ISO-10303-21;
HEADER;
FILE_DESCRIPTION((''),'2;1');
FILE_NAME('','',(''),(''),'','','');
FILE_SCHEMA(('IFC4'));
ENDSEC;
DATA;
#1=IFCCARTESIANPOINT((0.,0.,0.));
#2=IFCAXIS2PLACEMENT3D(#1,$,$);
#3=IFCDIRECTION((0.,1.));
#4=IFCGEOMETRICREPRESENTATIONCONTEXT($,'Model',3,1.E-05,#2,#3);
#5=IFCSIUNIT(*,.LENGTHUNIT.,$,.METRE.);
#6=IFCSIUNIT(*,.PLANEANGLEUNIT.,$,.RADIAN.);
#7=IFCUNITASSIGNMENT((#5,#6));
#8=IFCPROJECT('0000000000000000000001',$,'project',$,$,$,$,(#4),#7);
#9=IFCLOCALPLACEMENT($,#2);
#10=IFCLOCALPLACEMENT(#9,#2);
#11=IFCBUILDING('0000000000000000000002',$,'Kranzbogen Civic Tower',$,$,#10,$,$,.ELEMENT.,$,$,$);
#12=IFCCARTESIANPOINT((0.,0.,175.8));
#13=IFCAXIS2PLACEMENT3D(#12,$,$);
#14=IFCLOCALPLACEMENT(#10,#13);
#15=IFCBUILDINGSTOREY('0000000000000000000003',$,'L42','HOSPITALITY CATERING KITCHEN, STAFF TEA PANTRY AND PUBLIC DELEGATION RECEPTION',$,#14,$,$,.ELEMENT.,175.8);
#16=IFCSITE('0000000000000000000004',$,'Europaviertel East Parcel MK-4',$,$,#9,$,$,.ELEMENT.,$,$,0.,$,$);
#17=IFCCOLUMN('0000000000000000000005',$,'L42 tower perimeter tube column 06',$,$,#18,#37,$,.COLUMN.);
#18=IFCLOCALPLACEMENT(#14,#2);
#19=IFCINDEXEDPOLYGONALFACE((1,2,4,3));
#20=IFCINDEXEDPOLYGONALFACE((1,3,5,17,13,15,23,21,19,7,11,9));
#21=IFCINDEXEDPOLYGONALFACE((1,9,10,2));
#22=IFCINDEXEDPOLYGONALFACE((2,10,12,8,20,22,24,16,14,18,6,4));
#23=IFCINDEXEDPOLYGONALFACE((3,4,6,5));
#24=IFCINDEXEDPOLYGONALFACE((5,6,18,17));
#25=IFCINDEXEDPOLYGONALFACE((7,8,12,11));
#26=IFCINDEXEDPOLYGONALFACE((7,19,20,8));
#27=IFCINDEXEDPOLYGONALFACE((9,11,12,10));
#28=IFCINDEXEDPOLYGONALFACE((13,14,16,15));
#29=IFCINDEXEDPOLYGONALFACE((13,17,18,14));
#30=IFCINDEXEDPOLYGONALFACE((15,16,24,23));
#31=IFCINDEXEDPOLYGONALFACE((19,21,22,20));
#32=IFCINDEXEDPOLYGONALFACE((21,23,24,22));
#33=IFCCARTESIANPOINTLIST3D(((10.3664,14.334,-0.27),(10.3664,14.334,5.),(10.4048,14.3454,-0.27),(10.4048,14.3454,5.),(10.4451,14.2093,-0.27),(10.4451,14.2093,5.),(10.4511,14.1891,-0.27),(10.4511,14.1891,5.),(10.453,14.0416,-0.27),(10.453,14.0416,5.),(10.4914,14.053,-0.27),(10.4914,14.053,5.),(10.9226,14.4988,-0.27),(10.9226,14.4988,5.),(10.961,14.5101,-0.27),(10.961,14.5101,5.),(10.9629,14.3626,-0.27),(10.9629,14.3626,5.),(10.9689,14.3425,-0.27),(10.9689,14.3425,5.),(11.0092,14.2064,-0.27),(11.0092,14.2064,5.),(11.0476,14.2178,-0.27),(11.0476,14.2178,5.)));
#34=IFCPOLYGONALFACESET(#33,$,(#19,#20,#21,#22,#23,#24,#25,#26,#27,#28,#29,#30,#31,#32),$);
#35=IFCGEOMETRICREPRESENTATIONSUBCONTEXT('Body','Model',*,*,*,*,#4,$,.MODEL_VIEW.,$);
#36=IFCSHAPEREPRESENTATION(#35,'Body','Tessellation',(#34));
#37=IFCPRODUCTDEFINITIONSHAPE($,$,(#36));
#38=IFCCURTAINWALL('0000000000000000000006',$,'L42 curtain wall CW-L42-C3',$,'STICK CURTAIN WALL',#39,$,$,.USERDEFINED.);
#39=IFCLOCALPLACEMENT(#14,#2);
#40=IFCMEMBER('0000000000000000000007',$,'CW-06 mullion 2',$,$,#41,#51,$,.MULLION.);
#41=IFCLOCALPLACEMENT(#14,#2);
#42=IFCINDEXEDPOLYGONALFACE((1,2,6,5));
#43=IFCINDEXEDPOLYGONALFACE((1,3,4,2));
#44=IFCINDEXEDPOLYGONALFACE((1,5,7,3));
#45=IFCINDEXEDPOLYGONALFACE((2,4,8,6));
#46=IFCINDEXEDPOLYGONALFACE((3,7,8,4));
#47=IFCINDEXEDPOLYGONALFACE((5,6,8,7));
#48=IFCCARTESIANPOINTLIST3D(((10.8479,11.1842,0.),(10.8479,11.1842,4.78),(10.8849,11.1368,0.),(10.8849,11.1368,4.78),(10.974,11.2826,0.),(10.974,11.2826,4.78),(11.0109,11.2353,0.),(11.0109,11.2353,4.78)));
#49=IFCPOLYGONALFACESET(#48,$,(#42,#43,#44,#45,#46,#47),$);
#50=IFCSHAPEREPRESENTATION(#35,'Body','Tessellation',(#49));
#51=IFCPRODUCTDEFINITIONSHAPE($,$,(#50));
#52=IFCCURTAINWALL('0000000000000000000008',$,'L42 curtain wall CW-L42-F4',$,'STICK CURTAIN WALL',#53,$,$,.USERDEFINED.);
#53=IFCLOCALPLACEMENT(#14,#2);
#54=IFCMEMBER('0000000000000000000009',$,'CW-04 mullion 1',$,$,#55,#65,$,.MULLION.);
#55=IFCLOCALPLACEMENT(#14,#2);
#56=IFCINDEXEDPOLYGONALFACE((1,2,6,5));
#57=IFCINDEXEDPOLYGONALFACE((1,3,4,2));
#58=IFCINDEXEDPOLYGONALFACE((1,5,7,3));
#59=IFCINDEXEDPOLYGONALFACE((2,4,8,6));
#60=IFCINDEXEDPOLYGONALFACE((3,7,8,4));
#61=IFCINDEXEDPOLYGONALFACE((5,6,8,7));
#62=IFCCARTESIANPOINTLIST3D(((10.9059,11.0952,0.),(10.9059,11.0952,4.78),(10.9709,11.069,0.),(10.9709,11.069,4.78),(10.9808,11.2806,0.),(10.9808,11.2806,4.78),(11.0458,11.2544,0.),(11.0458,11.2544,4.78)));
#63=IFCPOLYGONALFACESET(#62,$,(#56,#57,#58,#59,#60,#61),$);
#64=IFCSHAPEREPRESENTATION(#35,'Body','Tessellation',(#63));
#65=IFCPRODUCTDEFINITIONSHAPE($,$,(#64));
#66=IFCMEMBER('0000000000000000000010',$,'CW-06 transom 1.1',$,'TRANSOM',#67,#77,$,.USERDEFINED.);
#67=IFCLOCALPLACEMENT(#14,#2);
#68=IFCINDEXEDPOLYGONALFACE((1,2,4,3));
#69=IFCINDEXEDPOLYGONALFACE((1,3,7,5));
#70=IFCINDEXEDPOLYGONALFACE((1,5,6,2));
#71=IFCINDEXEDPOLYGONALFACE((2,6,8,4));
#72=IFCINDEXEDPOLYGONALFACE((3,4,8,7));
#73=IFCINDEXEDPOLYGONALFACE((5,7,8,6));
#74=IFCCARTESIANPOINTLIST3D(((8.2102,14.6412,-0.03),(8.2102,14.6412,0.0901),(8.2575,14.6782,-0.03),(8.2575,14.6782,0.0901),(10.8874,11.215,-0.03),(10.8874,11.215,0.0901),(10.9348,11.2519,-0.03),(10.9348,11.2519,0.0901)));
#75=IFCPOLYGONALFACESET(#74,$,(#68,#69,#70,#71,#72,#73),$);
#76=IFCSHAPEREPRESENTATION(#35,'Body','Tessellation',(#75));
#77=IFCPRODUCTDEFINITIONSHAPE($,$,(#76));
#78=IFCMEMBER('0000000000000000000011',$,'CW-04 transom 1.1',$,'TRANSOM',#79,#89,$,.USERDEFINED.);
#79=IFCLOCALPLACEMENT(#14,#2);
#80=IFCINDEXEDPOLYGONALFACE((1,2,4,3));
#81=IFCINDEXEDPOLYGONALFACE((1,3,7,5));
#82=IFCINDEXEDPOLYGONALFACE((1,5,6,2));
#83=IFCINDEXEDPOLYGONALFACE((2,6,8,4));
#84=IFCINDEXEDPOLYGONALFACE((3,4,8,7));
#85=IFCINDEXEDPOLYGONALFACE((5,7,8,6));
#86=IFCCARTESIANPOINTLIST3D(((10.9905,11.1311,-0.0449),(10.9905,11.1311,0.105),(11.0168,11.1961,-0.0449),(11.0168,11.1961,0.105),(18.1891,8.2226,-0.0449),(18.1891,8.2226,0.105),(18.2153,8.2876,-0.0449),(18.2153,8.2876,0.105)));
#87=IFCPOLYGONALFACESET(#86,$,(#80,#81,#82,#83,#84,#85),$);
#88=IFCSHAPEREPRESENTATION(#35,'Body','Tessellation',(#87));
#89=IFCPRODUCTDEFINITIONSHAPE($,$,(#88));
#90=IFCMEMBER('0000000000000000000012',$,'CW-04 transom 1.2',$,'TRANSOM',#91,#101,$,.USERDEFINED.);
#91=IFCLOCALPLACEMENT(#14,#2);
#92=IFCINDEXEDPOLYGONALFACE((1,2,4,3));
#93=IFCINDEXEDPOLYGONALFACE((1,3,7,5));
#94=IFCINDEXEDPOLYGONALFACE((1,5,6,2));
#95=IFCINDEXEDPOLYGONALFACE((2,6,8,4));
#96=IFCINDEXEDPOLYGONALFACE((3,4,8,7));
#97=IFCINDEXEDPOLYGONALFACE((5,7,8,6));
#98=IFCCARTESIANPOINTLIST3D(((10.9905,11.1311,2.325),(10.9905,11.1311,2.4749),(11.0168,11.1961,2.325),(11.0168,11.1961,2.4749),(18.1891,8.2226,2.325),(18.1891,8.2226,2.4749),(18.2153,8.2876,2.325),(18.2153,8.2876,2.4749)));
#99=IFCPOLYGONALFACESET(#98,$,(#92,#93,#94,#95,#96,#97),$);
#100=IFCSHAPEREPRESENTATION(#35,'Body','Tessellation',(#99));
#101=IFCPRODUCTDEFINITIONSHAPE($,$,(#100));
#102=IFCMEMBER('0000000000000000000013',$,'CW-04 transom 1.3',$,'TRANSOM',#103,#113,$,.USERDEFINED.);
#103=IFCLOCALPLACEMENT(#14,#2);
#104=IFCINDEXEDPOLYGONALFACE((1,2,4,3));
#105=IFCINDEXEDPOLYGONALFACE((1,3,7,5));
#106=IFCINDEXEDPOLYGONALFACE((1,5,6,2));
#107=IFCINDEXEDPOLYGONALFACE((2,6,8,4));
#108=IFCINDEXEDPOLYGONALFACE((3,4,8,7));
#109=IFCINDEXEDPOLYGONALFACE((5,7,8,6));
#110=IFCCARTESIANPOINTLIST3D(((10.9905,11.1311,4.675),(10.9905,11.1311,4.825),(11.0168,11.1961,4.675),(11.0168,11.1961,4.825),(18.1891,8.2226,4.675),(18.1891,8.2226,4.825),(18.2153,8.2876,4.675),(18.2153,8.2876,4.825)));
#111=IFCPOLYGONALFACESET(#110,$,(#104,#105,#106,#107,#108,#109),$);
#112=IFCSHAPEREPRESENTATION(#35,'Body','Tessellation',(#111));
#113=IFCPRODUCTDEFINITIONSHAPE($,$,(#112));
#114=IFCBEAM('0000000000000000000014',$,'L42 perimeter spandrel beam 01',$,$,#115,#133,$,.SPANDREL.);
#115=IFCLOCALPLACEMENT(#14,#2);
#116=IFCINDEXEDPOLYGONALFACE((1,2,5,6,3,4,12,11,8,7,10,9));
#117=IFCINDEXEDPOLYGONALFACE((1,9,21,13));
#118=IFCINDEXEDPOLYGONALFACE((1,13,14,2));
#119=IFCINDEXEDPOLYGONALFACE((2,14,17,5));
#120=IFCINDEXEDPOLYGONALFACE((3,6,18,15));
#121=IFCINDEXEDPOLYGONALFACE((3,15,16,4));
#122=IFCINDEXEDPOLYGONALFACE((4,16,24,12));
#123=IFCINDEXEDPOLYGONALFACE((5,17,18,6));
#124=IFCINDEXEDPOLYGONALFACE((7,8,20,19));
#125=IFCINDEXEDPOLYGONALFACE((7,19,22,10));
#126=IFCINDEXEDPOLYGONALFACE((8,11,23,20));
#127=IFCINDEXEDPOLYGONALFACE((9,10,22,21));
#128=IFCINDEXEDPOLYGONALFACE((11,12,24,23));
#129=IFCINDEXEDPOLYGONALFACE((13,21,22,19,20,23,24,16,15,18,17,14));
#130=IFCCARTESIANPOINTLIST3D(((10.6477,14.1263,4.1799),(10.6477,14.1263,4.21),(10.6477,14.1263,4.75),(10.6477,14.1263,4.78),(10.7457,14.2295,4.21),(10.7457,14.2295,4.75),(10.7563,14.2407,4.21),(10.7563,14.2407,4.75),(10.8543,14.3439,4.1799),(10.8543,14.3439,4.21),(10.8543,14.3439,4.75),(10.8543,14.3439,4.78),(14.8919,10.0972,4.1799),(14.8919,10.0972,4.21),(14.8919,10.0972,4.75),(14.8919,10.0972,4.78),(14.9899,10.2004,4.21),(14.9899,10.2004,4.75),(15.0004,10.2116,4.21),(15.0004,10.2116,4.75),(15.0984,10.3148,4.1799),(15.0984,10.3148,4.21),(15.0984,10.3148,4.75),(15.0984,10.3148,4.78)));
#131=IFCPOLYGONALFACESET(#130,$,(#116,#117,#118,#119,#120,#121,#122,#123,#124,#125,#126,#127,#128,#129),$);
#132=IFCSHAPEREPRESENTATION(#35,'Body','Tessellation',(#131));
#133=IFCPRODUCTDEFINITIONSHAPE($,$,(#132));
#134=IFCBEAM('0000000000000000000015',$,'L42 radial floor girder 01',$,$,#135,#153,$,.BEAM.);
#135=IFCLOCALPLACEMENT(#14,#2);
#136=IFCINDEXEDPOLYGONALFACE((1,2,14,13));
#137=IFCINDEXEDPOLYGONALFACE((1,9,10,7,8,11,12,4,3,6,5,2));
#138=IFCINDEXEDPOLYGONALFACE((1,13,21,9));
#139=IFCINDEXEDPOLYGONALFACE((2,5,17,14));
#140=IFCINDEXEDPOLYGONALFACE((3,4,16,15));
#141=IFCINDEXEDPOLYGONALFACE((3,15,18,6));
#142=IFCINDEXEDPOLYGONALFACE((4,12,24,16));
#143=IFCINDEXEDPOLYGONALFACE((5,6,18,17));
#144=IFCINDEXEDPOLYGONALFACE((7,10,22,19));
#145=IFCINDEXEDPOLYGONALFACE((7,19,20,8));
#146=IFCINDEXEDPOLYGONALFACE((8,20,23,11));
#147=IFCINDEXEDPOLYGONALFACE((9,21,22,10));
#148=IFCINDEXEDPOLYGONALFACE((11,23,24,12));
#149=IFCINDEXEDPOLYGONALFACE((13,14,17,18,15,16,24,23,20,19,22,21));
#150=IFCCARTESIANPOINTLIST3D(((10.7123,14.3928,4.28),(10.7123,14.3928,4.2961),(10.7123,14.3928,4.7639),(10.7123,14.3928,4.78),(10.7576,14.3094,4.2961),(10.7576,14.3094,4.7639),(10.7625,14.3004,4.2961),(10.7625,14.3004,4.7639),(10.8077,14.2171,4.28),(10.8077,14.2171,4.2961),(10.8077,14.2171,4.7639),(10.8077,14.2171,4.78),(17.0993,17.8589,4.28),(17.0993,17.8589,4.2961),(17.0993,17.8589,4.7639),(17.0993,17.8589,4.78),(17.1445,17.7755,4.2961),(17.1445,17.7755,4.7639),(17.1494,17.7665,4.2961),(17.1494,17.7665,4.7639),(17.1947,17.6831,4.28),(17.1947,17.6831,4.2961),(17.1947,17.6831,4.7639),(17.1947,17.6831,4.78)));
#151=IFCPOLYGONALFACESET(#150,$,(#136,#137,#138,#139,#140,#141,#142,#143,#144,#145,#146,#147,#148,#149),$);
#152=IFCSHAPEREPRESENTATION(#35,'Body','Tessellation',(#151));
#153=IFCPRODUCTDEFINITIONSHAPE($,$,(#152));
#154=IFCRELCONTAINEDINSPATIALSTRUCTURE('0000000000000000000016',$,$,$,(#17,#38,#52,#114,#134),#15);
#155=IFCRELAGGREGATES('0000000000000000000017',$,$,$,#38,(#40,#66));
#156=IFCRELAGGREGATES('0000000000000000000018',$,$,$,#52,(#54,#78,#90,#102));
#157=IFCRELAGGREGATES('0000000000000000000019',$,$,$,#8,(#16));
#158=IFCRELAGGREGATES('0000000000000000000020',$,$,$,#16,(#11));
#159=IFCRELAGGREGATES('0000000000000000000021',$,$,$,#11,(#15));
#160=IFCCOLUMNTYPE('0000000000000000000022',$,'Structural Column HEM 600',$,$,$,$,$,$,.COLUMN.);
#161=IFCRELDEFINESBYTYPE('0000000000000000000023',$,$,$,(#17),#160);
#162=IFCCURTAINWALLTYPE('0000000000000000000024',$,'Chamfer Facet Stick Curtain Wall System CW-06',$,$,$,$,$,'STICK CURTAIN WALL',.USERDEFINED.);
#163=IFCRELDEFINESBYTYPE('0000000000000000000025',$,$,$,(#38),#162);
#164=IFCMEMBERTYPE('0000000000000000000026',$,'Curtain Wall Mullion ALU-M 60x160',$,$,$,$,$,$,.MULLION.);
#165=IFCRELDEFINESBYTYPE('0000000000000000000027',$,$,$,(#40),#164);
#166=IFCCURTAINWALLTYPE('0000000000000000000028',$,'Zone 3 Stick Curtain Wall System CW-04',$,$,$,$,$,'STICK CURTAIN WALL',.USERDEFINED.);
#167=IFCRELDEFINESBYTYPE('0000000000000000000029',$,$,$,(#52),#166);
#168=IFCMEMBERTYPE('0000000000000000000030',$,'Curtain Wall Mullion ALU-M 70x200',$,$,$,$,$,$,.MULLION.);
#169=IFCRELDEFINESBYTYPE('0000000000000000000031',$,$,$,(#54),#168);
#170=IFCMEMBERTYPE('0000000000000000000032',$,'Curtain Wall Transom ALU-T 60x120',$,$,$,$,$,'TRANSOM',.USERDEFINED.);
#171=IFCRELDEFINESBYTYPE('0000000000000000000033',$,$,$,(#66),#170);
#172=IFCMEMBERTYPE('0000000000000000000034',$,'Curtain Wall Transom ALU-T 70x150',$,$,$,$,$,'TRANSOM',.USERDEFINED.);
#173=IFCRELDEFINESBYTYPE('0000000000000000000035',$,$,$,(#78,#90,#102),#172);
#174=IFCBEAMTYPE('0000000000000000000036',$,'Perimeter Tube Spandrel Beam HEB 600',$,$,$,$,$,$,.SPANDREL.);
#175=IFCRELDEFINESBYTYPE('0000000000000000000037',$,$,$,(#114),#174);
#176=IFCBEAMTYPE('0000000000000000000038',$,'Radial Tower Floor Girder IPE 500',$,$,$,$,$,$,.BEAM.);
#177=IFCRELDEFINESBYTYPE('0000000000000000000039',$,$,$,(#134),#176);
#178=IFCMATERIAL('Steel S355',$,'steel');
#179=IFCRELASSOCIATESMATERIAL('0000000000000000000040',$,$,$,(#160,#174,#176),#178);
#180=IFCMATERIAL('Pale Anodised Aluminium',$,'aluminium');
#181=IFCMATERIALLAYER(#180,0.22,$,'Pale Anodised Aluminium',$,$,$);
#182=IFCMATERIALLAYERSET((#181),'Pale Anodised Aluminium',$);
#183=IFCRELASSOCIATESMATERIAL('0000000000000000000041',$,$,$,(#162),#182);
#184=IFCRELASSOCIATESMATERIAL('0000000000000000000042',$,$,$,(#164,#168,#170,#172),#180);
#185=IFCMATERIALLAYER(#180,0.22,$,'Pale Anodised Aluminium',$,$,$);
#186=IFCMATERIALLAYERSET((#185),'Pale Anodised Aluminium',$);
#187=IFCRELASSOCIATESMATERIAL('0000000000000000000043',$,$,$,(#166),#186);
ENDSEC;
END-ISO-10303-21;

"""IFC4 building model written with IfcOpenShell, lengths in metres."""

from ifc_helpers import new_model, si_unit, direction, frame, origin, origin_2d, place, context, subcontext, project, spatial, rectangle, i_section, extrude, material, layer, layer_set, material_profile, profile_set, type_object, element, aggregate, save


model = new_model("IFC4")

# Units and contexts
model_context = context("Model", 3, precision=1e-05, world=origin(), true_north=direction((0.0, 1.0)))
body_context = subcontext(model_context, "Body", "Model", "MODEL_VIEW")
ifc_project = project(units=[si_unit("LENGTHUNIT", "METRE"), si_unit("PLANEANGLEUNIT", "RADIAN")], contexts=[model_context])

# Site, building, storey
site_placement = place(None, origin())
site = spatial("IfcSite", under=ifc_project, at=site_placement, Name="Europaviertel East Parcel MK-4", CompositionType="ELEMENT", RefElevation=0.0)
building_placement = place(site_placement, origin())
building = spatial("IfcBuilding", under=site, at=building_placement, Name="Kranzbogen Civic Tower", CompositionType="ELEMENT")
storey_placement = place(building_placement, frame((0.0, 0.0, 175.8)))
storey = spatial("IfcBuildingStorey", under=building, at=storey_placement, Name="L42", Description="HOSPITALITY CATERING KITCHEN, STAFF TEA PANTRY AND PUBLIC DELEGATION RECEPTION", CompositionType="ELEMENT", Elevation=175.8)

# Column
ifc_material_1 = material(Name="Steel S355", Category="steel")
ifc_material_profile_1 = material_profile(ifc_material_1, i_section(OverallWidth=0.3049, OverallDepth=0.6201, WebThickness=0.021, FlangeThickness=0.04, at=origin_2d()), Name="HEM 600")
ifc_profile_set_1 = profile_set([ifc_material_profile_1], Name="Steel S355")
column_type = type_object("IfcColumnType", Name="Structural Column HEM 600", PredefinedType="COLUMN", material=ifc_profile_set_1)
column_placement = place(storey_placement, frame((10.707, 14.2759, -0.27), z_axis=(0.0, 0.0, 1.0), x_axis=(-0.284015, 0.95882, 0.0)))
element("IfcColumn", 1, at=column_placement, inside=storey, type_object=column_type, Name="L42 tower perimeter tube column 06", PredefinedType="COLUMN", context=body_context, shape_type="SweptSolid", body=[
    extrude(i_section(OverallWidth=0.3049, OverallDepth=0.6201, WebThickness=0.021, FlangeThickness=0.04, at=origin_2d()), origin(), (0.0, 0.0, 1.0), 5.27),
])

# Curtain walls, members
ifc_material_2 = material(Name="Pale Anodised Aluminium", Category="aluminium")
ifc_layer_1 = layer(ifc_material_2, 0.22, Name="Pale Anodised Aluminium")
ifc_layer_set_1 = layer_set([ifc_layer_1], Name="Pale Anodised Aluminium")
curtain_wall_type_1 = type_object("IfcCurtainWallType", Name="Chamfer Facet Stick Curtain Wall System CW-06", ElementType="STICK CURTAIN WALL", PredefinedType="USERDEFINED", material=ifc_layer_set_1)
curtain_wall_1_placement = place(storey_placement, origin())
curtain_wall_1 = element("IfcCurtainWall", 2, at=curtain_wall_1_placement, inside=storey, type_object=curtain_wall_type_1, Name="L42 curtain wall CW-L42-C3", ObjectType="STICK CURTAIN WALL", PredefinedType="USERDEFINED")
ifc_material_profile_2 = material_profile(ifc_material_2, rectangle(XDim=0.0601, YDim=0.1599, at=origin_2d()), Name="ALU-M 60x160")
ifc_profile_set_2 = profile_set([ifc_material_profile_2], Name="Pale Anodised Aluminium")
member_type_1 = type_object("IfcMemberType", Name="Curtain Wall Mullion ALU-M 60x160", PredefinedType="MULLION", material=ifc_profile_set_2)
member_1_placement = place(storey_placement, frame((10.9294, 11.2097, 0.0), z_axis=(0.0, 0.0, 1.0), x_axis=(0.615674, -0.788001, 0.0)))
member_1 = element("IfcMember", 3, at=member_1_placement, type_object=member_type_1, Name="CW-06 mullion 2", PredefinedType="MULLION", context=body_context, shape_type="SweptSolid", body=[
    extrude(rectangle(XDim=0.0601, YDim=0.1599, at=origin_2d()), origin(), (0.0, 0.0, 1.0), 4.78),
])
ifc_layer_2 = layer(ifc_material_2, 0.22, Name="Pale Anodised Aluminium")
ifc_layer_set_2 = layer_set([ifc_layer_2], Name="Pale Anodised Aluminium")
curtain_wall_type_2 = type_object("IfcCurtainWallType", Name="Zone 3 Stick Curtain Wall System CW-04", ElementType="STICK CURTAIN WALL", PredefinedType="USERDEFINED", material=ifc_layer_set_2)
curtain_wall_2_placement = place(storey_placement, origin())
curtain_wall_2 = element("IfcCurtainWall", 4, at=curtain_wall_2_placement, inside=storey, type_object=curtain_wall_type_2, Name="L42 curtain wall CW-L42-F4", ObjectType="STICK CURTAIN WALL", PredefinedType="USERDEFINED")
ifc_material_profile_3 = material_profile(ifc_material_2, rectangle(XDim=0.0701, YDim=0.2, at=origin_2d()), Name="ALU-M 70x200")
ifc_profile_set_3 = profile_set([ifc_material_profile_3], Name="Pale Anodised Aluminium")
member_type_2 = type_object("IfcMemberType", Name="Curtain Wall Mullion ALU-M 70x200", PredefinedType="MULLION", material=ifc_profile_set_3)
member_2_placement = place(storey_placement, frame((10.9758, 11.1748, 0.0), z_axis=(0.0, 0.0, 1.0), x_axis=(0.927189, -0.374594, 0.0)))
member_2 = element("IfcMember", 5, at=member_2_placement, type_object=member_type_2, Name="CW-04 mullion 1", PredefinedType="MULLION", context=body_context, shape_type="SweptSolid", body=[
    extrude(rectangle(XDim=0.0701, YDim=0.2, at=origin_2d()), origin(), (0.0, 0.0, 1.0), 4.78),
])

# Members
ifc_material_profile_4 = material_profile(ifc_material_2, rectangle(XDim=0.0601, YDim=0.1201, at=origin_2d()), Name="ALU-T 60x120")
ifc_profile_set_4 = profile_set([ifc_material_profile_4], Name="Pale Anodised Aluminium")
member_type_3 = type_object("IfcMemberType", Name="Curtain Wall Transom ALU-T 60x120", ElementType="TRANSOM", PredefinedType="USERDEFINED", material=ifc_profile_set_4)
member_3_placement = place(storey_placement, frame((8.2339, 14.6597, 0.03), z_axis=(0.615712, -0.787972, 0.0), x_axis=(0.787972, 0.615712, 0.0)))
member_3 = element("IfcMember", 6, at=member_3_placement, type_object=member_type_3, Name="CW-06 transom 1.1", ObjectType="TRANSOM", PredefinedType="USERDEFINED", context=body_context, shape_type="SweptSolid", body=[
    extrude(rectangle(XDim=0.0601, YDim=0.1201, at=origin_2d()), origin(), (0.0, 0.0, 1.0), 4.3481),
])
ifc_material_profile_5 = material_profile(ifc_material_2, rectangle(XDim=0.0701, YDim=0.1499, at=origin_2d()), Name="ALU-T 70x150")
ifc_profile_set_5 = profile_set([ifc_material_profile_5], Name="Pale Anodised Aluminium")
member_type_4 = type_object("IfcMemberType", Name="Curtain Wall Transom ALU-T 70x150", ElementType="TRANSOM", PredefinedType="USERDEFINED", material=ifc_profile_set_5)
member_4_placement = place(storey_placement, frame((11.0037, 11.1636, 0.03), z_axis=(0.927181, -0.374614, 0.0), x_axis=(0.374614, 0.927181, 0.0)))
member_4 = element("IfcMember", 7, at=member_4_placement, type_object=member_type_4, Name="CW-04 transom 1.1", ObjectType="TRANSOM", PredefinedType="USERDEFINED", context=body_context, shape_type="SweptSolid", body=[
    extrude(rectangle(XDim=0.0701, YDim=0.1499, at=origin_2d()), origin(), (0.0, 0.0, 1.0), 7.7639),
])
member_5_placement = place(storey_placement, frame((11.0037, 11.1636, 2.3999), z_axis=(0.927181, -0.374614, 0.0), x_axis=(0.374614, 0.927181, 0.0)))
member_5 = element("IfcMember", 8, at=member_5_placement, type_object=member_type_4, Name="CW-04 transom 1.2", ObjectType="TRANSOM", PredefinedType="USERDEFINED", context=body_context, shape_type="SweptSolid", body=[
    extrude(rectangle(XDim=0.0701, YDim=0.1499, at=origin_2d()), origin(), (0.0, 0.0, 1.0), 7.7639),
])
member_6_placement = place(storey_placement, frame((11.0037, 11.1636, 4.75), z_axis=(0.927181, -0.374614, 0.0), x_axis=(0.374614, 0.927181, 0.0)))
member_6 = element("IfcMember", 9, at=member_6_placement, type_object=member_type_4, Name="CW-04 transom 1.3", ObjectType="TRANSOM", PredefinedType="USERDEFINED", context=body_context, shape_type="SweptSolid", body=[
    extrude(rectangle(XDim=0.0701, YDim=0.1499, at=origin_2d()), origin(), (0.0, 0.0, 1.0), 7.7639),
])

# Beams
ifc_material_profile_6 = material_profile(ifc_material_1, i_section(OverallWidth=0.3, OverallDepth=0.6001, WebThickness=0.0154, FlangeThickness=0.03, at=origin_2d()), Name="HEB 600")
ifc_profile_set_6 = profile_set([ifc_material_profile_6], Name="Steel S355")
beam_type_1 = type_object("IfcBeamType", Name="Perimeter Tube Spandrel Beam HEB 600", PredefinedType="SPANDREL", material=ifc_profile_set_6)
beam_1_placement = place(storey_placement, frame((10.751, 14.2351, 4.48), z_axis=(0.725245, -0.688491, 0.0), x_axis=(0.688491, 0.725245, 0.0)))
element("IfcBeam", 10, at=beam_1_placement, inside=storey, type_object=beam_type_1, Name="L42 perimeter spandrel beam 01", PredefinedType="SPANDREL", context=body_context, shape_type="SweptSolid", body=[
    extrude(i_section(OverallWidth=0.3, OverallDepth=0.6001, WebThickness=0.0154, FlangeThickness=0.03, at=origin_2d()), origin(), (0.0, 0.0, 1.0), 5.8521),
])
ifc_material_profile_7 = material_profile(ifc_material_1, i_section(OverallWidth=0.2, OverallDepth=0.5, WebThickness=0.0103, FlangeThickness=0.0161, at=origin_2d()), Name="IPE 500")
ifc_profile_set_7 = profile_set([ifc_material_profile_7], Name="Steel S355")
beam_type_2 = type_object("IfcBeamType", Name="Radial Tower Floor Girder IPE 500", PredefinedType="BEAM", material=ifc_profile_set_7)
beam_2_placement = place(storey_placement, frame((10.76, 14.3049, 4.53), z_axis=(0.878919, 0.47697, 0.0), x_axis=(-0.47697, 0.878919, 0.0)))
element("IfcBeam", 11, at=beam_2_placement, inside=storey, type_object=beam_type_2, Name="L42 radial floor girder 01", PredefinedType="BEAM", context=body_context, shape_type="SweptSolid", body=[
    extrude(i_section(OverallWidth=0.2, OverallDepth=0.5, WebThickness=0.0103, FlangeThickness=0.0161, at=origin_2d()), origin(), (0.0, 0.0, 1.0), 7.2668),
])

aggregate(curtain_wall_1, [member_1, member_3])
aggregate(curtain_wall_2, [member_2, member_4, member_5, member_6])

save(model, "model.ifc")
